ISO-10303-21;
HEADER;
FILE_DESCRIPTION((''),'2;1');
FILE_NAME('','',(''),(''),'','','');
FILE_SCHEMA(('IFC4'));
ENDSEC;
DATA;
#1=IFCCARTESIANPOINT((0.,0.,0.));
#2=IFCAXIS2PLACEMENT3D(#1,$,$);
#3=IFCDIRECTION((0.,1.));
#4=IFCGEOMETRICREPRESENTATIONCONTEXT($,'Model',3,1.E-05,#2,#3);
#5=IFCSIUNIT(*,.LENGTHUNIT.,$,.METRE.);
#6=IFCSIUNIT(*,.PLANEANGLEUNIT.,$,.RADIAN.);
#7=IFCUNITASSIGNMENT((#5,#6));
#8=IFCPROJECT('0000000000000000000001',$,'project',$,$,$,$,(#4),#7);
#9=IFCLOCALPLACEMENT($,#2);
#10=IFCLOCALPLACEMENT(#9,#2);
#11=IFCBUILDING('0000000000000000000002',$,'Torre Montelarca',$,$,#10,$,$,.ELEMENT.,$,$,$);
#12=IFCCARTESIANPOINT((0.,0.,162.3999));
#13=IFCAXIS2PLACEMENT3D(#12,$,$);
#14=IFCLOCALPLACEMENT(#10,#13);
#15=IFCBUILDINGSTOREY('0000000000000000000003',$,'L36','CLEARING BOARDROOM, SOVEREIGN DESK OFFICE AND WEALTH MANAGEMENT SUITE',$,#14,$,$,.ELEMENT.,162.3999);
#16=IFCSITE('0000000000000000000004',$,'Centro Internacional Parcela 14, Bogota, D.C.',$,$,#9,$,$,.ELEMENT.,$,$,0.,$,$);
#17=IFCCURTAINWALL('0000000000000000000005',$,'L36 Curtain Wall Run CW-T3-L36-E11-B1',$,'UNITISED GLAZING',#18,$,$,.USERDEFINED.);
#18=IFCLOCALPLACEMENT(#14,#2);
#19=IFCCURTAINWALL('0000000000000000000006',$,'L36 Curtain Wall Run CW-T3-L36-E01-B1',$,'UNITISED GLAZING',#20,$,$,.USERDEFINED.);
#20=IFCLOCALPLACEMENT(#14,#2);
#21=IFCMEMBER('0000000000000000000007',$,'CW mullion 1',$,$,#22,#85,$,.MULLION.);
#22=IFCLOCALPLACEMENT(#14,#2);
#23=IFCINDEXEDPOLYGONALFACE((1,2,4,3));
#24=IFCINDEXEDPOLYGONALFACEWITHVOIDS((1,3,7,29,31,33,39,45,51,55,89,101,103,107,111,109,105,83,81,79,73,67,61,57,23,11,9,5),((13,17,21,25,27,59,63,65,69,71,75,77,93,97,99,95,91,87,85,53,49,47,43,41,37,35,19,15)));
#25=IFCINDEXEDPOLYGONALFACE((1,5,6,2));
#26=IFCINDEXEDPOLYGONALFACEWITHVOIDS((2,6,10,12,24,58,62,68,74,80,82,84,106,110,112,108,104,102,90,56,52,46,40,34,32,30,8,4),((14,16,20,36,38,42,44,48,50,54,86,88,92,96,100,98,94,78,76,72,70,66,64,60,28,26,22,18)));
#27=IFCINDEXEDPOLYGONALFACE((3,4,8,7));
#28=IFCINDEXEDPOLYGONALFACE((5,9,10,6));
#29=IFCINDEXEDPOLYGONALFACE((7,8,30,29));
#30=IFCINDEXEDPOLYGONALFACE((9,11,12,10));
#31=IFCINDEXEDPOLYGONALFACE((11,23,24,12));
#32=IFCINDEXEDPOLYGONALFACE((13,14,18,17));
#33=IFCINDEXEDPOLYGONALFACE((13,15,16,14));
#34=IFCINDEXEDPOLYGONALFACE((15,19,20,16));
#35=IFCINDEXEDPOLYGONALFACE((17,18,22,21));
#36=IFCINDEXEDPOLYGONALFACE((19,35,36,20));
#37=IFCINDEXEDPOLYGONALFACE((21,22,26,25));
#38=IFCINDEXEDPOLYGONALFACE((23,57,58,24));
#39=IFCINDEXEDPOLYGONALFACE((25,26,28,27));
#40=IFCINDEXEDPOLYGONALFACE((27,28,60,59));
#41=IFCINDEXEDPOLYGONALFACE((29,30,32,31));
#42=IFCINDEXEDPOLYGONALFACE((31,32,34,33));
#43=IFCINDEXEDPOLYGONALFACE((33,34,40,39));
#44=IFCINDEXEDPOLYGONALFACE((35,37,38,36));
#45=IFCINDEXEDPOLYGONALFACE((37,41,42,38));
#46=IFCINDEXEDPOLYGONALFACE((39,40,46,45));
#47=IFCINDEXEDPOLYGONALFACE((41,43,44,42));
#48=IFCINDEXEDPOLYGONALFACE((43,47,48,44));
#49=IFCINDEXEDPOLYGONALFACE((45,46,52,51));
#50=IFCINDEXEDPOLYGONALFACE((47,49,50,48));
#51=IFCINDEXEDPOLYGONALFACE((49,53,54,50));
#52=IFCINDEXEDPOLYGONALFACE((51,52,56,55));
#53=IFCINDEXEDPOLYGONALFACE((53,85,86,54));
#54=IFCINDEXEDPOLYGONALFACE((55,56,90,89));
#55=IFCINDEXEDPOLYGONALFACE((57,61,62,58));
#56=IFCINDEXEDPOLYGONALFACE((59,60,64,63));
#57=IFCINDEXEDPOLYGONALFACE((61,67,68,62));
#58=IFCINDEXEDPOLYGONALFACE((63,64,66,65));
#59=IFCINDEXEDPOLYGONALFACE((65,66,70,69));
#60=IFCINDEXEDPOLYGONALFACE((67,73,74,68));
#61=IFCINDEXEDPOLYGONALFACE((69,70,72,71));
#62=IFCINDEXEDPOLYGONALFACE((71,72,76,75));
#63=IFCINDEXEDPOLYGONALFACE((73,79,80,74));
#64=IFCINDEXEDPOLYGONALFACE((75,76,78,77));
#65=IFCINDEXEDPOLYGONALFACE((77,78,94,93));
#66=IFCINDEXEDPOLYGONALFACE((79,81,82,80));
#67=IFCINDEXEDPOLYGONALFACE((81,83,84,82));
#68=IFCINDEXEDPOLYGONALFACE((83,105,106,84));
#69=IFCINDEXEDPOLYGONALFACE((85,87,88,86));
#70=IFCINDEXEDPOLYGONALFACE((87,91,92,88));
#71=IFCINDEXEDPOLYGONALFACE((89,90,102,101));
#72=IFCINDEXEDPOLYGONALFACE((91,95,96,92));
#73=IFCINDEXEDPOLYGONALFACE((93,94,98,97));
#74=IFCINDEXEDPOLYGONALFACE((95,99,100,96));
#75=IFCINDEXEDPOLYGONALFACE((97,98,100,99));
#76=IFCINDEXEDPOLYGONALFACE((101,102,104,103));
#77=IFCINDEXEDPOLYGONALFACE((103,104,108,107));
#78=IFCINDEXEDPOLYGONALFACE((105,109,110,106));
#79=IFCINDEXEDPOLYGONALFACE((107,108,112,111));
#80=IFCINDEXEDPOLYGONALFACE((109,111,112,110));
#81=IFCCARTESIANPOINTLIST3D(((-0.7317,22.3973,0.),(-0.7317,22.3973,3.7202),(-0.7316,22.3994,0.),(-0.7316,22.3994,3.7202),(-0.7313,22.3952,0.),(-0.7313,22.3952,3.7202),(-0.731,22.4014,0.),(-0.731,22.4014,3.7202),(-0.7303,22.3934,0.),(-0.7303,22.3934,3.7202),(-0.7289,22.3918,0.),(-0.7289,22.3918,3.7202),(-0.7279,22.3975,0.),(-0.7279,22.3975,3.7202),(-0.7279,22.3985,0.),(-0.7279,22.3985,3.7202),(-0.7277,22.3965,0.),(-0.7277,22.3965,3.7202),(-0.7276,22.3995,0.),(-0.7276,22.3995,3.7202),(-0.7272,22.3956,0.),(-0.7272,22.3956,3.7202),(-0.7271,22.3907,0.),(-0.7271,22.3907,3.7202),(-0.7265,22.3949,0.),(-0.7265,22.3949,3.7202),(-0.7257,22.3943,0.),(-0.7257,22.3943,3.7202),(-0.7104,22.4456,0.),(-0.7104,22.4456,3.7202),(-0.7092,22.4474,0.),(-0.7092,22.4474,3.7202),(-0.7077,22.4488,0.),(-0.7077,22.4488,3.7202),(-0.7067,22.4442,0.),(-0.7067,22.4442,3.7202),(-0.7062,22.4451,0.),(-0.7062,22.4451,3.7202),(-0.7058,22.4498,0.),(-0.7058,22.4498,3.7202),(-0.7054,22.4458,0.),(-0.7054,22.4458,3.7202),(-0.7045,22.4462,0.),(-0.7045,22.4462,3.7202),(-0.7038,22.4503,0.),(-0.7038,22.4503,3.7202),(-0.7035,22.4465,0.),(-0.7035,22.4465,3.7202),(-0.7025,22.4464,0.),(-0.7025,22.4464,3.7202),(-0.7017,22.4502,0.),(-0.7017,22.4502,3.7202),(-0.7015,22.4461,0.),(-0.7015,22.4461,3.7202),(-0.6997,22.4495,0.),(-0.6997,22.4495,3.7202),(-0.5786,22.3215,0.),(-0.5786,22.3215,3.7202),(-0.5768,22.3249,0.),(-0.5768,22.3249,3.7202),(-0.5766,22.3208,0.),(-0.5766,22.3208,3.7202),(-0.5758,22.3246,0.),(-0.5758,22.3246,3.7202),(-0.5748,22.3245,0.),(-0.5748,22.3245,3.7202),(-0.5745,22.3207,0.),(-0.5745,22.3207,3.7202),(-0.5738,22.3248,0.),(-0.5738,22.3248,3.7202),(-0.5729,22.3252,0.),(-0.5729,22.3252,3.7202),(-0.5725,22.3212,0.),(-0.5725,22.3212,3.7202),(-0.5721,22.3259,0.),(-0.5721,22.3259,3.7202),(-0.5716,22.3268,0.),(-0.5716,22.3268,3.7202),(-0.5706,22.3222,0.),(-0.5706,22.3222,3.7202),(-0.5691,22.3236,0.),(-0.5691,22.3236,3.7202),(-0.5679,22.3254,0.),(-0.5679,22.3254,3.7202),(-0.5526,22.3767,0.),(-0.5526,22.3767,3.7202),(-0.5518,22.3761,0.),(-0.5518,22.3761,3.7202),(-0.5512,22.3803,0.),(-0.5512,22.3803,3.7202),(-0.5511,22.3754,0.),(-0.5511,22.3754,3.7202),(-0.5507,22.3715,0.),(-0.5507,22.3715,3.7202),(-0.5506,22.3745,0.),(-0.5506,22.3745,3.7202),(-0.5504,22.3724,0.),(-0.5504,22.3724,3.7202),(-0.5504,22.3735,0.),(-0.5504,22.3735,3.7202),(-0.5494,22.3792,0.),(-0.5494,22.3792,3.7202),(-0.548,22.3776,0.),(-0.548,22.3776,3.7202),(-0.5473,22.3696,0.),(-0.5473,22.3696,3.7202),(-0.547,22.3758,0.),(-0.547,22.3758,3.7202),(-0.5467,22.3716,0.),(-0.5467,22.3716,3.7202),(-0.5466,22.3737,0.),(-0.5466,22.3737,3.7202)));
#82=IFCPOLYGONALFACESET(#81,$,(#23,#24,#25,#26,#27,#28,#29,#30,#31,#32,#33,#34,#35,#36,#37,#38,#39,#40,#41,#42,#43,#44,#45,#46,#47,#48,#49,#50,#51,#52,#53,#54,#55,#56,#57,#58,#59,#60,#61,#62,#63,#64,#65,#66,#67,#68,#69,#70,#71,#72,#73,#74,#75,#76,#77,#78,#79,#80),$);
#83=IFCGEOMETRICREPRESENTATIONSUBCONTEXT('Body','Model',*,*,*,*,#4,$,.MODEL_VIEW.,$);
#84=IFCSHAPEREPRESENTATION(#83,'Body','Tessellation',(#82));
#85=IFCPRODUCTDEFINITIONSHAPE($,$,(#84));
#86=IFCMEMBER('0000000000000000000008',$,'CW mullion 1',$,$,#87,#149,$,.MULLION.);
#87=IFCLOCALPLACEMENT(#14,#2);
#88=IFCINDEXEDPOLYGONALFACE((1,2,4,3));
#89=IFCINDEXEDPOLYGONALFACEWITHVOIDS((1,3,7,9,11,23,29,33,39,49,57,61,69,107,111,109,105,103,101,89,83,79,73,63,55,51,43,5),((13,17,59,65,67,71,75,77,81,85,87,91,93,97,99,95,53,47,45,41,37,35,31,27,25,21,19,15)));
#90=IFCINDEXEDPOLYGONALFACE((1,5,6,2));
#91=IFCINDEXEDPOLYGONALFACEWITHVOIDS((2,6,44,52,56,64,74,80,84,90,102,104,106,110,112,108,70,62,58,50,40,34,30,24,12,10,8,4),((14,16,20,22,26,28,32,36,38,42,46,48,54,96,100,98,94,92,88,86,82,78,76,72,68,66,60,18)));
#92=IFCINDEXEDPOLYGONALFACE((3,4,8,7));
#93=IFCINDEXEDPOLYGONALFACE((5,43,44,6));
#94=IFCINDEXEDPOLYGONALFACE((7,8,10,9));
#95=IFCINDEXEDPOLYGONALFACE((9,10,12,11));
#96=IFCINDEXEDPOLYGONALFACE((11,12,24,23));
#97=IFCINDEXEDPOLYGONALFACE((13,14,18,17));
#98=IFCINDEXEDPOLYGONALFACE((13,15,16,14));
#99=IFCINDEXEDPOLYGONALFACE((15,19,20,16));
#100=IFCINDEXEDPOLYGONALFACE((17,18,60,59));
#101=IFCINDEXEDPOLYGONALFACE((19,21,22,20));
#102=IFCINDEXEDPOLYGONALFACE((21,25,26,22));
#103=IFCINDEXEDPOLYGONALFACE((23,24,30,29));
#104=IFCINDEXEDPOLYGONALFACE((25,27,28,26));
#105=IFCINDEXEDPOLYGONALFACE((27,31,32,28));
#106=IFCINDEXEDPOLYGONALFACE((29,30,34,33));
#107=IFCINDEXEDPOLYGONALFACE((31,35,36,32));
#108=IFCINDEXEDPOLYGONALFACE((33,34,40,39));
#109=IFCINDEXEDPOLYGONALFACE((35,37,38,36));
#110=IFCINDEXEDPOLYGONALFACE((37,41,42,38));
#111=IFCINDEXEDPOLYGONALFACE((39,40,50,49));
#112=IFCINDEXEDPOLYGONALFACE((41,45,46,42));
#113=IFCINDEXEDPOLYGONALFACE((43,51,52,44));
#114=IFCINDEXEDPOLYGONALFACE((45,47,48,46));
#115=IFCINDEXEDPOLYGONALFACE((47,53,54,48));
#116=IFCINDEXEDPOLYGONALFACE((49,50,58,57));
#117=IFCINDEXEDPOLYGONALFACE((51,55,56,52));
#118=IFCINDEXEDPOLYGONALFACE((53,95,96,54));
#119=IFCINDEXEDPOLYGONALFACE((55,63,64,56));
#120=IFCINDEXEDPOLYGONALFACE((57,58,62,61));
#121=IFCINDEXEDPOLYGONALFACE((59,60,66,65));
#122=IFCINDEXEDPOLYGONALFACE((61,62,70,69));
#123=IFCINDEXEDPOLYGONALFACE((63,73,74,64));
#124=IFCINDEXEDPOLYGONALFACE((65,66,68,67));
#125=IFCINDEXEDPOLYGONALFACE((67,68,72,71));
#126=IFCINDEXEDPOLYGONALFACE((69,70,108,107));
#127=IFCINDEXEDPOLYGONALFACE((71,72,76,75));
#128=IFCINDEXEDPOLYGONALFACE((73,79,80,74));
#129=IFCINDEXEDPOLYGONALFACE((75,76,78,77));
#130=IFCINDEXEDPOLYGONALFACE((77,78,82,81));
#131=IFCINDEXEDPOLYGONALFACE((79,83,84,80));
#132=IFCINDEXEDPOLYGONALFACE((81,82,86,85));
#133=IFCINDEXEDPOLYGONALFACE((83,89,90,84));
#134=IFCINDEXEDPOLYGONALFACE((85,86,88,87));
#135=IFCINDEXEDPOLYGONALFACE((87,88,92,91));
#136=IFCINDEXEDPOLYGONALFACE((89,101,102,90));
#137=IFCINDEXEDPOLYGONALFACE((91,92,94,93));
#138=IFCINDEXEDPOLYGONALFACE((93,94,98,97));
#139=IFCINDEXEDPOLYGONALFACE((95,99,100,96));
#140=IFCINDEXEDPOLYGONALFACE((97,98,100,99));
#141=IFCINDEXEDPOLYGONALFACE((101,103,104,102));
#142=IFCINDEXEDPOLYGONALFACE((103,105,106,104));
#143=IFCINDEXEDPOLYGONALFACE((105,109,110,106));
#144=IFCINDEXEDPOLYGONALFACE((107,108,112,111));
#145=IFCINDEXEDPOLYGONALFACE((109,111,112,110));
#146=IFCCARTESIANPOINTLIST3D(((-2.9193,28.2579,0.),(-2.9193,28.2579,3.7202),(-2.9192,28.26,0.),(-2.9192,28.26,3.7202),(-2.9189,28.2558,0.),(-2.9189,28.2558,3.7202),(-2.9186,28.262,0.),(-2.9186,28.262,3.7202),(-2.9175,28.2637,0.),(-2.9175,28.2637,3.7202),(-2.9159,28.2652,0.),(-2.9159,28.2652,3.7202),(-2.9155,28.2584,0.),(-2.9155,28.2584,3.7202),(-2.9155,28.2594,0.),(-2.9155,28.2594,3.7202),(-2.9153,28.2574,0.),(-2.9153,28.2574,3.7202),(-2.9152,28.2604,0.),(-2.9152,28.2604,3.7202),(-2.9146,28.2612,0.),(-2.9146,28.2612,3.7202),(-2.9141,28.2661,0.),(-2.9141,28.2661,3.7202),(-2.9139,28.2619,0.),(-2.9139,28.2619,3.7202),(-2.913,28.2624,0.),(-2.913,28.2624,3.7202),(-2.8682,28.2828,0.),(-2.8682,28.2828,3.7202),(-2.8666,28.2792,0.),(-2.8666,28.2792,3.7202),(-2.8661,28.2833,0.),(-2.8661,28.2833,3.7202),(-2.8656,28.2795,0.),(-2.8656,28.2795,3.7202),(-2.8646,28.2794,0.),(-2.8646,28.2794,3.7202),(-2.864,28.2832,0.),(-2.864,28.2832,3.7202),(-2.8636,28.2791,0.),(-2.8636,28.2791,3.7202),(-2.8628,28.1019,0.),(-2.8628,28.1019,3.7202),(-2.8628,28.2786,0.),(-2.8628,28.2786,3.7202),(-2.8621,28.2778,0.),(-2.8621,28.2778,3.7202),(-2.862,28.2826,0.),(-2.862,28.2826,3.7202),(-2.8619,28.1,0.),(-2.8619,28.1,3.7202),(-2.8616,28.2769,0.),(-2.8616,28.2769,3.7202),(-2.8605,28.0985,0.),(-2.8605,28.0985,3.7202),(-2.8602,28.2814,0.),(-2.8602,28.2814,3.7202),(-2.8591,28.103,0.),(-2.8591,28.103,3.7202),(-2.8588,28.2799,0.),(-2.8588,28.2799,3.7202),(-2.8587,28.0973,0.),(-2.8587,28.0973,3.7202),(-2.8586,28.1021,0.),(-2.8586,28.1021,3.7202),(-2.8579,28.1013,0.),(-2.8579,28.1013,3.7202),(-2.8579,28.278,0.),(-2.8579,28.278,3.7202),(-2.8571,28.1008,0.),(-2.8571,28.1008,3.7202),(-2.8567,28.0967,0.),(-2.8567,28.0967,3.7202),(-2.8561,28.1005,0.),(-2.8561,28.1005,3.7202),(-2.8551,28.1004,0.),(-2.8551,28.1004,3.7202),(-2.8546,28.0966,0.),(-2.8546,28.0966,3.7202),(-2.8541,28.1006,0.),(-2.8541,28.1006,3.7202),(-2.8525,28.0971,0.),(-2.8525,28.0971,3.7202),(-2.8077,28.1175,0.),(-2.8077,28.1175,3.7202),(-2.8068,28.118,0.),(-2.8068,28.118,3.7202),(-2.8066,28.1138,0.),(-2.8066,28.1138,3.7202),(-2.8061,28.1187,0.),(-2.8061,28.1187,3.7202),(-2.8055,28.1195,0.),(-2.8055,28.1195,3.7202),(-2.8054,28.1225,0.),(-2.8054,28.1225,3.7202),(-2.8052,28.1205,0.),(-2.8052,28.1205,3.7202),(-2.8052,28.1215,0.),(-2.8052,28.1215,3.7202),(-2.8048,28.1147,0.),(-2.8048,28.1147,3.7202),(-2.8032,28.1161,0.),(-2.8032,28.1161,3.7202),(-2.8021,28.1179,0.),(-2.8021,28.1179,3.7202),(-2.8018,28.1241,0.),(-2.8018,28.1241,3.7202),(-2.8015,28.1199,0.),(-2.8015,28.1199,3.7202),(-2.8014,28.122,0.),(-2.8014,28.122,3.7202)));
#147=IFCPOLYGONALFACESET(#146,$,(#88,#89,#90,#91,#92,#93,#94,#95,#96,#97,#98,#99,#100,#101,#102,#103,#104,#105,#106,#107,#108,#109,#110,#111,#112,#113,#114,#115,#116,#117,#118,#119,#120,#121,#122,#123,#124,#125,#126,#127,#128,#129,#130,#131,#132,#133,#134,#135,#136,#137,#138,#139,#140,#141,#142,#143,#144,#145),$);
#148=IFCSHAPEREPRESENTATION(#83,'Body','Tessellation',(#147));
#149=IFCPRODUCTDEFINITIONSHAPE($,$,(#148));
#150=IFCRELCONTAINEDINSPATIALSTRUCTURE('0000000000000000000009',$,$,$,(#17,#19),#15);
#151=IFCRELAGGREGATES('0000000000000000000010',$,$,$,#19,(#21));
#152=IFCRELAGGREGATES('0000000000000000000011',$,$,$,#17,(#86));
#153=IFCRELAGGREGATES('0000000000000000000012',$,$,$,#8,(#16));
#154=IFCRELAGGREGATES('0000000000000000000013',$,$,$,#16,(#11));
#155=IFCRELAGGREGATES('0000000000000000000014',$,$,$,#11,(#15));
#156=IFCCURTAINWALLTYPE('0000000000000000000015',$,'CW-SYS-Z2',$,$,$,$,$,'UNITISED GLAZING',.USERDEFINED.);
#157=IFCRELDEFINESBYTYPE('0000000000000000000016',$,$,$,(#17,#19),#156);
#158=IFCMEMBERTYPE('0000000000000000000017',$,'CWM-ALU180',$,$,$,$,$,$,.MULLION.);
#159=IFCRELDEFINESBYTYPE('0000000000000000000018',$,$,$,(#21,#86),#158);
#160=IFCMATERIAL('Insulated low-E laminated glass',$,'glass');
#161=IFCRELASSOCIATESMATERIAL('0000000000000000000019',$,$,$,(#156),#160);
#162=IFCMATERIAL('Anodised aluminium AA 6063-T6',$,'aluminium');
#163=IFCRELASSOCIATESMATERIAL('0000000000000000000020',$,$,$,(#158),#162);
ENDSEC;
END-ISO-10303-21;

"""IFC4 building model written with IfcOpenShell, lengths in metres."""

from ifc_helpers import new_model, si_unit, direction, frame, origin, origin_2d, place, context, subcontext, project, spatial, hollow_rectangle, extrude, source, transform, mapped, material, material_profile, profile_set, type_object, element, aggregate, save


model = new_model("IFC4")

# Units and contexts
model_context = context("Model", 3, precision=1e-05, world=origin(), true_north=direction((0.0, 1.0)))
body_context = subcontext(model_context, "Body", "Model", "MODEL_VIEW")
ifc_project = project(units=[si_unit("LENGTHUNIT", "METRE"), si_unit("PLANEANGLEUNIT", "RADIAN")], contexts=[model_context])

# Site, building, storey
site_placement = place(None, origin())
site = spatial("IfcSite", under=ifc_project, at=site_placement, Name="Centro Internacional Parcela 14, Bogota, D.C.", CompositionType="ELEMENT", RefElevation=0.0)
building_placement = place(site_placement, origin())
building = spatial("IfcBuilding", under=site, at=building_placement, Name="Torre Montelarca", CompositionType="ELEMENT")
storey_placement = place(building_placement, frame((0.0, 0.0, 162.3999)))
storey = spatial("IfcBuildingStorey", under=building, at=storey_placement, Name="L36", Description="CLEARING BOARDROOM, SOVEREIGN DESK OFFICE AND WEALTH MANAGEMENT SUITE", CompositionType="ELEMENT", Elevation=162.3999)

# Curtain wall
ifc_material_1 = material(Name="Insulated low-E laminated glass", Category="glass")
curtain_wall_type = type_object("IfcCurtainWallType", Name="CW-SYS-Z2", ElementType="UNITISED GLAZING", PredefinedType="USERDEFINED", material=ifc_material_1)
curtain_wall_1_placement = place(storey_placement, origin())
curtain_wall_1 = element("IfcCurtainWall", 1, at=curtain_wall_1_placement, inside=storey, type_object=curtain_wall_type, Name="L36 Curtain Wall Run CW-T3-L36-E11-B1", ObjectType="UNITISED GLAZING", PredefinedType="USERDEFINED")
ifc_material_2 = material(Name="Anodised aluminium AA 6063-T6", Category="aluminium")

# Curtain wall, member
curtain_wall_2_placement = place(storey_placement, origin())
curtain_wall_2 = element("IfcCurtainWall", 2, at=curtain_wall_2_placement, inside=storey, type_object=curtain_wall_type, Name="L36 Curtain Wall Run CW-T3-L36-E01-B1", ObjectType="UNITISED GLAZING", PredefinedType="USERDEFINED")
ifc_material_profile_1 = material_profile(ifc_material_2, hollow_rectangle(XDim=0.0649, YDim=0.1799, WallThickness=0.0039, InnerFilletRadius=0.0039, OuterFilletRadius=0.0081, at=origin_2d()), Name="ALU65X180X4", Category="aluminium")
ifc_profile_set_1 = profile_set([ifc_material_profile_1], Name="Anodised aluminium AA 6063-T6")
member_type_1 = type_object("IfcMemberType", Name="CWM-ALU180", PredefinedType="MULLION", material=ifc_profile_set_1)
shared_shape_1 = source(origin(), body_context, "Body", "SweptSolid", [
    extrude(hollow_rectangle(XDim=0.0649, YDim=0.1799, WallThickness=0.0039, InnerFilletRadius=0.0039, OuterFilletRadius=0.0081, at=origin_2d()), origin(), (0.0, 0.0, 1.0), 3.7202),
])
member_1_placement = place(storey_placement, frame((-0.6392, 22.3855, 0.0), z_axis=(0.0, 0.0, 1.0), x_axis=(0.422611, 0.906311, 0.0)))
member_1 = element("IfcMember", 3, at=member_1_placement, type_object=member_type_1, Name="CW mullion 1", PredefinedType="MULLION", context=body_context, shape_type="MappedRepresentation", body=[
    mapped(shared_shape_1, transform((0.0, 0.0, 0.0), scale=1.0)),
])

# Member
member_2_placement = place(storey_placement, frame((-2.8604, 28.1899, 0.0), z_axis=(0.0, 0.0, 1.0), x_axis=(0.939694, 0.342016, 0.0)))
member_2 = element("IfcMember", 4, at=member_2_placement, type_object=member_type_1, Name="CW mullion 1", PredefinedType="MULLION", context=body_context, shape_type="MappedRepresentation", body=[
    mapped(shared_shape_1, transform((0.0, 0.0, 0.0), scale=1.0)),
])
aggregate(curtain_wall_2, [member_1])

aggregate(curtain_wall_1, [member_2])

save(model, "model.ifc")
